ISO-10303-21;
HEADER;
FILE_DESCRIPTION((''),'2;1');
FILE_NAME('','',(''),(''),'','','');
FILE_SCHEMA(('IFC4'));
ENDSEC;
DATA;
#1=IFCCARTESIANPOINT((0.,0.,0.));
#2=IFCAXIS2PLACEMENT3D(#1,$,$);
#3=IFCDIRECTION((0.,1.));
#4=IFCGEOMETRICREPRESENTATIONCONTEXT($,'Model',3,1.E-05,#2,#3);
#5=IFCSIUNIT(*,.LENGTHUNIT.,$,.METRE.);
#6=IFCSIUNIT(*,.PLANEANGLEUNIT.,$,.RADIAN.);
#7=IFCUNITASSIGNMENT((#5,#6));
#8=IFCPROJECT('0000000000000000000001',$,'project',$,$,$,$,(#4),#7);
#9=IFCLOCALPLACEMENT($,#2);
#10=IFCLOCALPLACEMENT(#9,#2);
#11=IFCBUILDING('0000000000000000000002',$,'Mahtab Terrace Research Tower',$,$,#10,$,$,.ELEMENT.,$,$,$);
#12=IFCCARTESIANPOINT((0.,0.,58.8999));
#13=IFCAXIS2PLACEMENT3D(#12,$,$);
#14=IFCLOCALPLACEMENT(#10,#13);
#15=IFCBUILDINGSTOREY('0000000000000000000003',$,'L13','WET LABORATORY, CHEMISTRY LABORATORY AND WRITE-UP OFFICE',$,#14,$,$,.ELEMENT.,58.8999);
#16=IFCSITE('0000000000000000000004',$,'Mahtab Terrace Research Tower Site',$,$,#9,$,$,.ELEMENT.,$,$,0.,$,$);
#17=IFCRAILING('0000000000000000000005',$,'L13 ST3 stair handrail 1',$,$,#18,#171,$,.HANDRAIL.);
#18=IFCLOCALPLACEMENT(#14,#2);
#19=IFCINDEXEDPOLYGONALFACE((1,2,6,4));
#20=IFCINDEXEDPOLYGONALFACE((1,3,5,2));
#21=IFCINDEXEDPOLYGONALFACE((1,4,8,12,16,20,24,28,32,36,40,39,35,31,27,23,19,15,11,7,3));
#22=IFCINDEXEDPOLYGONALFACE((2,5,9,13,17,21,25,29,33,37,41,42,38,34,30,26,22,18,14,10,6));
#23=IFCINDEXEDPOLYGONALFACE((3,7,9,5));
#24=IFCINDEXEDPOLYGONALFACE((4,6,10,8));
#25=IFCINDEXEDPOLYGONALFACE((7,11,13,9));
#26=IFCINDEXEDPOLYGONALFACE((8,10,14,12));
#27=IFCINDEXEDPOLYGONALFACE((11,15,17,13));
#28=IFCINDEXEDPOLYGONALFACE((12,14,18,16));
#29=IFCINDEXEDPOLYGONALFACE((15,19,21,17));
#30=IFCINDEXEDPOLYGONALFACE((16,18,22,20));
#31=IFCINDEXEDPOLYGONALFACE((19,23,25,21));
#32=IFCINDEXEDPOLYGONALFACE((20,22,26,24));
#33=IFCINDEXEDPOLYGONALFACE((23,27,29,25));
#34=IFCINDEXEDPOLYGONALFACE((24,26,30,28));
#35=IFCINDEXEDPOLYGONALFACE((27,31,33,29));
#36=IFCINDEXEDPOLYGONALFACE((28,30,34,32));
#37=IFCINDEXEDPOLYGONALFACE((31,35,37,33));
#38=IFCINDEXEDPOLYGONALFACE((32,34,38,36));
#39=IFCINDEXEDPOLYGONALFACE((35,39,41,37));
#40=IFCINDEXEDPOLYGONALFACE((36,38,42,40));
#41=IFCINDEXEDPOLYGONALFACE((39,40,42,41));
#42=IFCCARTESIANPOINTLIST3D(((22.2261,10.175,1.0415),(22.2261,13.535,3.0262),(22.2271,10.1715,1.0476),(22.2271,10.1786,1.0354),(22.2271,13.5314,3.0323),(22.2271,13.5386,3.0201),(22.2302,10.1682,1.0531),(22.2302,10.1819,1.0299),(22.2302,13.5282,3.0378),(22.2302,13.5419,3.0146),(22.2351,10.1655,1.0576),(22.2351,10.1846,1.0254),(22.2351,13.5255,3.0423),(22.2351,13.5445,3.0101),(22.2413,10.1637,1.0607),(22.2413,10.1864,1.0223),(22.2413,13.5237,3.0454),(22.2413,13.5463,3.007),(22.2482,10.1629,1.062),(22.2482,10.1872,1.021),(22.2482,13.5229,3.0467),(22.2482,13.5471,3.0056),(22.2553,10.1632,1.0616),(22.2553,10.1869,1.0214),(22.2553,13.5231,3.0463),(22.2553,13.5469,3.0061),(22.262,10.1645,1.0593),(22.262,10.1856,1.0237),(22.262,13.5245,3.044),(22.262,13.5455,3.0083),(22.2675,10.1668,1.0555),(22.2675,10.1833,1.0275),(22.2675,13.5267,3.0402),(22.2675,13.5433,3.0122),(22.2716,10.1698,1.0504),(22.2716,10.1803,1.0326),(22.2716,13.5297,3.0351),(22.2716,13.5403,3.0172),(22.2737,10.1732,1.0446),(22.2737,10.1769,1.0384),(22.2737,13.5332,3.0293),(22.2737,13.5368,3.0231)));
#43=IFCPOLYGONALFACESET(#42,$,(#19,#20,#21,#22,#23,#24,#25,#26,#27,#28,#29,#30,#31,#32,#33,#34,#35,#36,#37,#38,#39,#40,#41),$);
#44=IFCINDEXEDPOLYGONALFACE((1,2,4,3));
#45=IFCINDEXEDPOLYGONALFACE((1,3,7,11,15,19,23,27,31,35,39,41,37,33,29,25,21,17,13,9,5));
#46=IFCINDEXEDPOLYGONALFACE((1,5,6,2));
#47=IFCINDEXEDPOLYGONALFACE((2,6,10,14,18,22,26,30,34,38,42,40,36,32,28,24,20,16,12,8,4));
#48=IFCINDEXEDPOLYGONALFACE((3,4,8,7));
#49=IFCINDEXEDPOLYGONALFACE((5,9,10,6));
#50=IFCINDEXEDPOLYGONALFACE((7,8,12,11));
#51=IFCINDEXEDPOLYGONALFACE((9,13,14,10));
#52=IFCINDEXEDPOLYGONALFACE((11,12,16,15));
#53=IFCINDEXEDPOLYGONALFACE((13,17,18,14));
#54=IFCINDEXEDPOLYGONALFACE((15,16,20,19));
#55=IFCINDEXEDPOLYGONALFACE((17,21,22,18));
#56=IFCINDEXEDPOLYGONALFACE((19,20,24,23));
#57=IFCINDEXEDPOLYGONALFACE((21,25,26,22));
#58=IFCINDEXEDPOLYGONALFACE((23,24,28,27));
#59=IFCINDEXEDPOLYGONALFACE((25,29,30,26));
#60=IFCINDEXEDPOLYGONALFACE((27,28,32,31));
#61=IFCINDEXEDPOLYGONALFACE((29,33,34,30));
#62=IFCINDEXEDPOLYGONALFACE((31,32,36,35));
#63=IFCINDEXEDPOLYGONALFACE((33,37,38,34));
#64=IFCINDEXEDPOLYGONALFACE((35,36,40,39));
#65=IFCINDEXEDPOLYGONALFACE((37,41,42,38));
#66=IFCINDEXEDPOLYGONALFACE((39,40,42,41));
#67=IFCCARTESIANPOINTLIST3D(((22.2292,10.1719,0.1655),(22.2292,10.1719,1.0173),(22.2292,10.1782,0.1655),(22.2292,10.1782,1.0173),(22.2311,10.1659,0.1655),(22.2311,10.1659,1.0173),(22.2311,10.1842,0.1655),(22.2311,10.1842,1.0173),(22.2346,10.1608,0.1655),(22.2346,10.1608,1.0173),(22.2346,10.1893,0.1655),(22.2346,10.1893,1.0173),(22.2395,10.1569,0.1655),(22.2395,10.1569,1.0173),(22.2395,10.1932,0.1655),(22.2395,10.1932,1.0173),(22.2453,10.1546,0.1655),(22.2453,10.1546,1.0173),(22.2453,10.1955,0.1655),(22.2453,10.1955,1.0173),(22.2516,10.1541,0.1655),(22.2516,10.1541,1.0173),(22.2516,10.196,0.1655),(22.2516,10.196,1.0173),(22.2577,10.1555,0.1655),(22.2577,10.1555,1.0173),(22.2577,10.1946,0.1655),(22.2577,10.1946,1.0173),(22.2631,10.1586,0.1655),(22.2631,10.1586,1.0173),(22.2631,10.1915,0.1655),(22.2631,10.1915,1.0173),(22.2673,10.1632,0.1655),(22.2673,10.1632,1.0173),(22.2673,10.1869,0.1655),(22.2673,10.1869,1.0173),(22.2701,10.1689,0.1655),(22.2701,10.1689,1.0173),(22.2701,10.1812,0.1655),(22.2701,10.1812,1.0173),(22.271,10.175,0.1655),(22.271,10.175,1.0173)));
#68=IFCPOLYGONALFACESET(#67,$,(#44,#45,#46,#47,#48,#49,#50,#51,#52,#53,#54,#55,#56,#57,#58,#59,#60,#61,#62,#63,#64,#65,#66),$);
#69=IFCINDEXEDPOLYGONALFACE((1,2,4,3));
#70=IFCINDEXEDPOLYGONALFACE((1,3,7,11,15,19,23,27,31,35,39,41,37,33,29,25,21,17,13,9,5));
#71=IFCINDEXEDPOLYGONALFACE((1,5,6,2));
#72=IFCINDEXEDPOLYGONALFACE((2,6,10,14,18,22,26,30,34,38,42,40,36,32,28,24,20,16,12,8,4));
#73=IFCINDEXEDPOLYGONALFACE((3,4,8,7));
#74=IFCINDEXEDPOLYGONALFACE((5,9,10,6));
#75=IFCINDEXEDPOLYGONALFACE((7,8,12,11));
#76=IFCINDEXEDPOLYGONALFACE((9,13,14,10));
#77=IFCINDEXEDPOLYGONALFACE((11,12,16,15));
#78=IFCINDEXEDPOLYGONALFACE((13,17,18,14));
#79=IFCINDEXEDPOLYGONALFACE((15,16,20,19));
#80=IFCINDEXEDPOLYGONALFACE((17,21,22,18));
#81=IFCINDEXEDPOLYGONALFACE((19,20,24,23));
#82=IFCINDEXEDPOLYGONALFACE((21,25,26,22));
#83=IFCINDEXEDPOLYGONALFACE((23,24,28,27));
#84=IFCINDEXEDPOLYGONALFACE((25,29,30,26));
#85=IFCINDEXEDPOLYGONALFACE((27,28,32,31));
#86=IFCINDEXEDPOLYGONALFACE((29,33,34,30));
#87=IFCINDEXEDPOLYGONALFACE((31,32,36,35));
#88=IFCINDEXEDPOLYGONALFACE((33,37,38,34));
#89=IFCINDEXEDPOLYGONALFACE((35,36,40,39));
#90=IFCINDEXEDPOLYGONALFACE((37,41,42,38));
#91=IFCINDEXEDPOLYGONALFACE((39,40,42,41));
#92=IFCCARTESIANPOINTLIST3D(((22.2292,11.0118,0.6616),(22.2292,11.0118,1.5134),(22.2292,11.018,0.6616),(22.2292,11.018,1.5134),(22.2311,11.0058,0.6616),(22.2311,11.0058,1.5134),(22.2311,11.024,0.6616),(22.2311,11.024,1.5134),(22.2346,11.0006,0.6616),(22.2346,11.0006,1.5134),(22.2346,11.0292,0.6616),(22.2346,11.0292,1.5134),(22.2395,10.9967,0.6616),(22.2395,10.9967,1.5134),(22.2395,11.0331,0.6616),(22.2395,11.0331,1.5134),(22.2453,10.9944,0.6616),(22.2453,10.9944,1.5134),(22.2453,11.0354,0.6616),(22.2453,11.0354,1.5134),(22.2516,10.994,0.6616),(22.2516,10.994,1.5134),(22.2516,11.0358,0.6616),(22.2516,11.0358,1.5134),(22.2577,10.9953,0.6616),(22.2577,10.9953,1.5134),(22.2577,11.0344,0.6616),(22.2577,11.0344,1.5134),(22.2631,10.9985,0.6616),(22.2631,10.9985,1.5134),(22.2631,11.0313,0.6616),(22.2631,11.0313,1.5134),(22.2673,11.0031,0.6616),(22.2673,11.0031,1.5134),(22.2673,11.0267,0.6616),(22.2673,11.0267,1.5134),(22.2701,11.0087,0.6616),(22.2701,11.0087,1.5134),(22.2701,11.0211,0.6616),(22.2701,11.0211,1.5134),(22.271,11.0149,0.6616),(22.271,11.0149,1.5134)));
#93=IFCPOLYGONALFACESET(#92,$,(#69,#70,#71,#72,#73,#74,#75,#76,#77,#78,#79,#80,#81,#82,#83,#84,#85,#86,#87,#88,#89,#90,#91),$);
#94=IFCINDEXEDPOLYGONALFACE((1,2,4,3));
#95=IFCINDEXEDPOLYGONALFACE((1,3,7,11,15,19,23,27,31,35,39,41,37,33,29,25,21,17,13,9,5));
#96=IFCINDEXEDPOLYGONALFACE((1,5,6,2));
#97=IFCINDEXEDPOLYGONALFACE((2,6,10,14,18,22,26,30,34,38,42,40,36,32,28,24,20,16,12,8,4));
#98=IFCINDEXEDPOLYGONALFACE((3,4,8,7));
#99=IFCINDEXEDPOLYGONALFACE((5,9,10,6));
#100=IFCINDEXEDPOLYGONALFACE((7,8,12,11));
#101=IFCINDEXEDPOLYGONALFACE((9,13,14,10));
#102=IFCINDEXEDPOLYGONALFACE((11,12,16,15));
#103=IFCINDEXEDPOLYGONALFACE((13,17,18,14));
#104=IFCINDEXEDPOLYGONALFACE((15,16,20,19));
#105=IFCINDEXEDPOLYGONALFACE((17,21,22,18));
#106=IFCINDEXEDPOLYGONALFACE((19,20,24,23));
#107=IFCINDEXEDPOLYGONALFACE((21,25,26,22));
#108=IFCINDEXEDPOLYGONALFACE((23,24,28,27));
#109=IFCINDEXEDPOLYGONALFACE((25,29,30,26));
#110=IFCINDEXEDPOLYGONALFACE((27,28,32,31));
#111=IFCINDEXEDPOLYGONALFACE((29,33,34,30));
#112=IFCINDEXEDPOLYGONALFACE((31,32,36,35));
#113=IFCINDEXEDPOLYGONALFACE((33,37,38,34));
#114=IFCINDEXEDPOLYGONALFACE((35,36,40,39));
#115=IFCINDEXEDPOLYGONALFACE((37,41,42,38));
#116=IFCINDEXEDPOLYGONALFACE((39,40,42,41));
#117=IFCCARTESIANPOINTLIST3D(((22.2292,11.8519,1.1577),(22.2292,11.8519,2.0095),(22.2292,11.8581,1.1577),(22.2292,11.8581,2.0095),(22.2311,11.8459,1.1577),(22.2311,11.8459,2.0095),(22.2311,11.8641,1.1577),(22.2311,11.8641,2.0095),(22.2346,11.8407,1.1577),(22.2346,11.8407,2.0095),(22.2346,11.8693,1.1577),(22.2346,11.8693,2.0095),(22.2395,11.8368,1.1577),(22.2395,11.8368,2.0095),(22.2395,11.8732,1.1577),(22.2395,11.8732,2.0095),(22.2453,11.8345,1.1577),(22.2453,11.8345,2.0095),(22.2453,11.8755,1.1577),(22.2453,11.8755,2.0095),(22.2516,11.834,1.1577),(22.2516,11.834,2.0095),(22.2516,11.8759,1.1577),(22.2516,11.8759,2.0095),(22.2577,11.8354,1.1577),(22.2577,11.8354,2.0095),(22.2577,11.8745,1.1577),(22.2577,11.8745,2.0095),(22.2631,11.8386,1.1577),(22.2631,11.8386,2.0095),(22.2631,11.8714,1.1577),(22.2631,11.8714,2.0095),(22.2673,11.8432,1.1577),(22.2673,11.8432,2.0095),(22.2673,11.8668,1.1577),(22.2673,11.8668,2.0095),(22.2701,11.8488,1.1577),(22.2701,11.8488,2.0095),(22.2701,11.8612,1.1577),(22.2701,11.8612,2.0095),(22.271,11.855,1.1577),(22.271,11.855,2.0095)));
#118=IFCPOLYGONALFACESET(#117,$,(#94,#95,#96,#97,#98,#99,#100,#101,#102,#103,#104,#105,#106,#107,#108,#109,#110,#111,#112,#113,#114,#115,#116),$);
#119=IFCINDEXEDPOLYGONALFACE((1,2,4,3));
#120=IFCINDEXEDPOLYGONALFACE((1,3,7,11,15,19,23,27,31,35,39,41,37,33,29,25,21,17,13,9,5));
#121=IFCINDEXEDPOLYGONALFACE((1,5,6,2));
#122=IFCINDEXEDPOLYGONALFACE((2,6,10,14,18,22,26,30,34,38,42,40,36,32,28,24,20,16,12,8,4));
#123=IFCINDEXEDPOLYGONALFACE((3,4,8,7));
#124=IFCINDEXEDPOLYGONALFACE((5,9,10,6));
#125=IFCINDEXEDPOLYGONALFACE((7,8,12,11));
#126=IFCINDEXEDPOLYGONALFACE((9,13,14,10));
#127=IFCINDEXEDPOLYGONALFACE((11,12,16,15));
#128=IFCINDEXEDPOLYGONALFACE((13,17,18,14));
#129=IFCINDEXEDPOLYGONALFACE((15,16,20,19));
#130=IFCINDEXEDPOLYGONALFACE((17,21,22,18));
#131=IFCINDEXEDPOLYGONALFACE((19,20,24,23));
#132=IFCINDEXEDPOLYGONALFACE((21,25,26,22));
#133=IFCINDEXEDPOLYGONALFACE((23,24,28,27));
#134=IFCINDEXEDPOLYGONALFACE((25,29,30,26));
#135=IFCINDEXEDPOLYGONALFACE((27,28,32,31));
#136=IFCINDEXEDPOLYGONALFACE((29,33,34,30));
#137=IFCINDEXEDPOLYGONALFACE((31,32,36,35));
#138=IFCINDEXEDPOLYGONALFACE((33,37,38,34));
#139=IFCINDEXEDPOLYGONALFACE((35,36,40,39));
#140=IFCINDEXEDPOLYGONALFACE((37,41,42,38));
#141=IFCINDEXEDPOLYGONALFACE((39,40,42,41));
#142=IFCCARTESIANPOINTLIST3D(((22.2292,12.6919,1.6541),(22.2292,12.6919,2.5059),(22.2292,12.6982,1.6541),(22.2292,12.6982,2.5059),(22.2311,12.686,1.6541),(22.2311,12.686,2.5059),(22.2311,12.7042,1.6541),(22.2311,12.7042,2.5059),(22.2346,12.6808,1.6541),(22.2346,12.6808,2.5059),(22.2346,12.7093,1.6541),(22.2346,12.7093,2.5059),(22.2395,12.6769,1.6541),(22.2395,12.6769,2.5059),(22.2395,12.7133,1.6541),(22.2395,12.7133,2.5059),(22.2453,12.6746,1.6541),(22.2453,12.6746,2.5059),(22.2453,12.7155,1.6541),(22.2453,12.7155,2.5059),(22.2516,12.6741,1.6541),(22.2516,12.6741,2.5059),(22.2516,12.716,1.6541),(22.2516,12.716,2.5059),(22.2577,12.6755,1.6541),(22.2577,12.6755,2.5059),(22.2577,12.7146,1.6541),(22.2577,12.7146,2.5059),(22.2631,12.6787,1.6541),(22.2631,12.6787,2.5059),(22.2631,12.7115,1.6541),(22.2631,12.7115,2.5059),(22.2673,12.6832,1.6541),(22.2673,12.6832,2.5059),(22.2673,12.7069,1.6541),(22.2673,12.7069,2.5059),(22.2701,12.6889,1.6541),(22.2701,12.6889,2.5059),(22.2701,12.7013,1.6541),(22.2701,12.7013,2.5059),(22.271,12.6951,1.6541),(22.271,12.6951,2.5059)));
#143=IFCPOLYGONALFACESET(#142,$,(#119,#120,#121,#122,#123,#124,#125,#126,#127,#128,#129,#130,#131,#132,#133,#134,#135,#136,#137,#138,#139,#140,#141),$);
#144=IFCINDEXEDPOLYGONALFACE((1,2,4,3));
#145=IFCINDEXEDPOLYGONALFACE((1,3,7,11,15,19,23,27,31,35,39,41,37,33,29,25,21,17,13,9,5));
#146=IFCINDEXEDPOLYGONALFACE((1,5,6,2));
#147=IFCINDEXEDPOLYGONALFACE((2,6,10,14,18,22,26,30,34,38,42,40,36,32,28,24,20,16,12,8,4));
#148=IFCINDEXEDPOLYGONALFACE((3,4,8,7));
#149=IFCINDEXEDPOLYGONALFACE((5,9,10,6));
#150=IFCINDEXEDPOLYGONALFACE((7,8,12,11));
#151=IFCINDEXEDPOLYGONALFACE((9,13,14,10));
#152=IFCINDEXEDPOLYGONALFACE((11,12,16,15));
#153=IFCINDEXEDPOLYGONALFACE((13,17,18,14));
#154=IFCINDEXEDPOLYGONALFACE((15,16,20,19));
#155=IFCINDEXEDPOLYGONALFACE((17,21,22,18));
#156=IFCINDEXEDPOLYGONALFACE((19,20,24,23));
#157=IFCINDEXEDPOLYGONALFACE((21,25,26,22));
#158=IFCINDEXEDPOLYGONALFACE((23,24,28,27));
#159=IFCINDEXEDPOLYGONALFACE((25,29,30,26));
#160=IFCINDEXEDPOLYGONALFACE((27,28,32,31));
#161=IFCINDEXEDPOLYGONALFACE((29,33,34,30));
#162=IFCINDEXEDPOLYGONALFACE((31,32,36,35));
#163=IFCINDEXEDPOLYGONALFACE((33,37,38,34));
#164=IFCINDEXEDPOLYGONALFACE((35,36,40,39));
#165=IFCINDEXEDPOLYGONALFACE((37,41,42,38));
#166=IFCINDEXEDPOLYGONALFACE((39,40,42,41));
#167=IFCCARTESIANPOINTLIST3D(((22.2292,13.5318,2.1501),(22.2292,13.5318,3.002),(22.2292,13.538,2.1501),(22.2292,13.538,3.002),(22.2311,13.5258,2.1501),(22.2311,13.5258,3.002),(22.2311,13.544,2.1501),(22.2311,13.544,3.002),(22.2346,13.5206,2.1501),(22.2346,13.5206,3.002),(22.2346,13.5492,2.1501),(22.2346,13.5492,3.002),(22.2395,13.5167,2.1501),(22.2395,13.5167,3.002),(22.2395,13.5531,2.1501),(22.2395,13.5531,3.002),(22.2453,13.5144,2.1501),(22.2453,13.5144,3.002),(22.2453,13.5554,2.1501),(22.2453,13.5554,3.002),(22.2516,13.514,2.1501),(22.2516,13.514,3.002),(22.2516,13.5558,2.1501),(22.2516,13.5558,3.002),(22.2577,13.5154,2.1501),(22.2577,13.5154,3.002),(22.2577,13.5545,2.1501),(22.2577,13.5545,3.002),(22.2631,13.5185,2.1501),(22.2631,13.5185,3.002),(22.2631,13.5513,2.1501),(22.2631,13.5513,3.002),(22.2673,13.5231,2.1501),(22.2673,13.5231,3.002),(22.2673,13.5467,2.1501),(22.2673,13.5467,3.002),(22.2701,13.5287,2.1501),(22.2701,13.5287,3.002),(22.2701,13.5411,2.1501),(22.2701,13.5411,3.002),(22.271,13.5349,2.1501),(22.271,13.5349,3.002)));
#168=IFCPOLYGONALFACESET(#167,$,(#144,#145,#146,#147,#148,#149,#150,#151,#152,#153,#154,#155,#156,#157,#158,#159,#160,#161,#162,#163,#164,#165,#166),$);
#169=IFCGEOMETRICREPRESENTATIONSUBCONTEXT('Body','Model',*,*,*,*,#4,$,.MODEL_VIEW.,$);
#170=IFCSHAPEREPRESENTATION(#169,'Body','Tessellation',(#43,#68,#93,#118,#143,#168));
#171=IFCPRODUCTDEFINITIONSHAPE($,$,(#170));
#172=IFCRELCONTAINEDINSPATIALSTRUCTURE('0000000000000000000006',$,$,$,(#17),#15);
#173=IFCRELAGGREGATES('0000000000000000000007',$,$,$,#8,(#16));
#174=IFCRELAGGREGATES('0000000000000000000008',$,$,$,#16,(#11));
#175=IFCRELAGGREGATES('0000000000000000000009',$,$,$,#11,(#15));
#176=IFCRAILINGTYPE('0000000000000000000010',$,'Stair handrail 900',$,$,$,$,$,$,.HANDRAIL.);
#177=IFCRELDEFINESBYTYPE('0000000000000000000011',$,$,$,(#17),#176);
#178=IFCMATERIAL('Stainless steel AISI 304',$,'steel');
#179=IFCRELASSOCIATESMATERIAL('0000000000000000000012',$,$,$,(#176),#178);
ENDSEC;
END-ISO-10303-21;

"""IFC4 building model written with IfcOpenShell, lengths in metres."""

from ifc_helpers import new_model, si_unit, direction, frame, origin, origin_2d, place, context, subcontext, project, spatial, circle, extrude, material, type_object, element, save


model = new_model("IFC4")

# Units and contexts
model_context = context("Model", 3, precision=1e-05, world=origin(), true_north=direction((0.0, 1.0)))
body_context = subcontext(model_context, "Body", "Model", "MODEL_VIEW")
ifc_project = project(units=[si_unit("LENGTHUNIT", "METRE"), si_unit("PLANEANGLEUNIT", "RADIAN")], contexts=[model_context])

# Site, building, storey
site_placement = place(None, origin())
site = spatial("IfcSite", under=ifc_project, at=site_placement, Name="Mahtab Terrace Research Tower Site", CompositionType="ELEMENT", RefElevation=0.0)
building_placement = place(site_placement, origin())
building = spatial("IfcBuilding", under=site, at=building_placement, Name="Mahtab Terrace Research Tower", CompositionType="ELEMENT")
storey_placement = place(building_placement, frame((0.0, 0.0, 58.8999)))
storey = spatial("IfcBuildingStorey", under=building, at=storey_placement, Name="L13", Description="WET LABORATORY, CHEMISTRY LABORATORY AND WRITE-UP OFFICE", CompositionType="ELEMENT", Elevation=58.8999)

# Railing
ifc_material_1 = material(Name="Stainless steel AISI 304", Category="steel")
railing_type_1 = type_object("IfcRailingType", Name="Stair handrail 900", PredefinedType="HANDRAIL", material=ifc_material_1)
railing_1_placement = place(storey_placement, frame((22.25, 10.175, 0.1655)))
element("IfcRailing", 1, at=railing_1_placement, inside=storey, type_object=railing_type_1, Name="L13 ST3 stair handrail 1", PredefinedType="HANDRAIL", context=body_context, shape_type="SweptSolid", body=[
    extrude(circle(Radius=0.0239, at=origin_2d()), frame((0.0, 0.0, 0.876), z_axis=(0.0, 0.861011, 0.508586), x_axis=(-1.0, 0.0, 0.0)), (0.0, 0.0, 1.0), 3.9023),
    extrude(circle(Radius=0.021, at=origin_2d()), origin(), (0.0, 0.0, 1.0), 0.8518),
    extrude(circle(Radius=0.021, at=origin_2d()), frame((0.0, 0.8398, 0.4961)), (0.0, 0.0, 1.0), 0.8518),
    extrude(circle(Radius=0.021, at=origin_2d()), frame((0.0, 1.6799, 0.9922)), (0.0, 0.0, 1.0), 0.8518),
    extrude(circle(Radius=0.021, at=origin_2d()), frame((0.0, 2.52, 1.4885)), (0.0, 0.0, 1.0), 0.8518),
    extrude(circle(Radius=0.021, at=origin_2d()), frame((0.0, 3.3599, 1.9846)), (0.0, 0.0, 1.0), 0.8518),
])

save(model, "model.ifc")
